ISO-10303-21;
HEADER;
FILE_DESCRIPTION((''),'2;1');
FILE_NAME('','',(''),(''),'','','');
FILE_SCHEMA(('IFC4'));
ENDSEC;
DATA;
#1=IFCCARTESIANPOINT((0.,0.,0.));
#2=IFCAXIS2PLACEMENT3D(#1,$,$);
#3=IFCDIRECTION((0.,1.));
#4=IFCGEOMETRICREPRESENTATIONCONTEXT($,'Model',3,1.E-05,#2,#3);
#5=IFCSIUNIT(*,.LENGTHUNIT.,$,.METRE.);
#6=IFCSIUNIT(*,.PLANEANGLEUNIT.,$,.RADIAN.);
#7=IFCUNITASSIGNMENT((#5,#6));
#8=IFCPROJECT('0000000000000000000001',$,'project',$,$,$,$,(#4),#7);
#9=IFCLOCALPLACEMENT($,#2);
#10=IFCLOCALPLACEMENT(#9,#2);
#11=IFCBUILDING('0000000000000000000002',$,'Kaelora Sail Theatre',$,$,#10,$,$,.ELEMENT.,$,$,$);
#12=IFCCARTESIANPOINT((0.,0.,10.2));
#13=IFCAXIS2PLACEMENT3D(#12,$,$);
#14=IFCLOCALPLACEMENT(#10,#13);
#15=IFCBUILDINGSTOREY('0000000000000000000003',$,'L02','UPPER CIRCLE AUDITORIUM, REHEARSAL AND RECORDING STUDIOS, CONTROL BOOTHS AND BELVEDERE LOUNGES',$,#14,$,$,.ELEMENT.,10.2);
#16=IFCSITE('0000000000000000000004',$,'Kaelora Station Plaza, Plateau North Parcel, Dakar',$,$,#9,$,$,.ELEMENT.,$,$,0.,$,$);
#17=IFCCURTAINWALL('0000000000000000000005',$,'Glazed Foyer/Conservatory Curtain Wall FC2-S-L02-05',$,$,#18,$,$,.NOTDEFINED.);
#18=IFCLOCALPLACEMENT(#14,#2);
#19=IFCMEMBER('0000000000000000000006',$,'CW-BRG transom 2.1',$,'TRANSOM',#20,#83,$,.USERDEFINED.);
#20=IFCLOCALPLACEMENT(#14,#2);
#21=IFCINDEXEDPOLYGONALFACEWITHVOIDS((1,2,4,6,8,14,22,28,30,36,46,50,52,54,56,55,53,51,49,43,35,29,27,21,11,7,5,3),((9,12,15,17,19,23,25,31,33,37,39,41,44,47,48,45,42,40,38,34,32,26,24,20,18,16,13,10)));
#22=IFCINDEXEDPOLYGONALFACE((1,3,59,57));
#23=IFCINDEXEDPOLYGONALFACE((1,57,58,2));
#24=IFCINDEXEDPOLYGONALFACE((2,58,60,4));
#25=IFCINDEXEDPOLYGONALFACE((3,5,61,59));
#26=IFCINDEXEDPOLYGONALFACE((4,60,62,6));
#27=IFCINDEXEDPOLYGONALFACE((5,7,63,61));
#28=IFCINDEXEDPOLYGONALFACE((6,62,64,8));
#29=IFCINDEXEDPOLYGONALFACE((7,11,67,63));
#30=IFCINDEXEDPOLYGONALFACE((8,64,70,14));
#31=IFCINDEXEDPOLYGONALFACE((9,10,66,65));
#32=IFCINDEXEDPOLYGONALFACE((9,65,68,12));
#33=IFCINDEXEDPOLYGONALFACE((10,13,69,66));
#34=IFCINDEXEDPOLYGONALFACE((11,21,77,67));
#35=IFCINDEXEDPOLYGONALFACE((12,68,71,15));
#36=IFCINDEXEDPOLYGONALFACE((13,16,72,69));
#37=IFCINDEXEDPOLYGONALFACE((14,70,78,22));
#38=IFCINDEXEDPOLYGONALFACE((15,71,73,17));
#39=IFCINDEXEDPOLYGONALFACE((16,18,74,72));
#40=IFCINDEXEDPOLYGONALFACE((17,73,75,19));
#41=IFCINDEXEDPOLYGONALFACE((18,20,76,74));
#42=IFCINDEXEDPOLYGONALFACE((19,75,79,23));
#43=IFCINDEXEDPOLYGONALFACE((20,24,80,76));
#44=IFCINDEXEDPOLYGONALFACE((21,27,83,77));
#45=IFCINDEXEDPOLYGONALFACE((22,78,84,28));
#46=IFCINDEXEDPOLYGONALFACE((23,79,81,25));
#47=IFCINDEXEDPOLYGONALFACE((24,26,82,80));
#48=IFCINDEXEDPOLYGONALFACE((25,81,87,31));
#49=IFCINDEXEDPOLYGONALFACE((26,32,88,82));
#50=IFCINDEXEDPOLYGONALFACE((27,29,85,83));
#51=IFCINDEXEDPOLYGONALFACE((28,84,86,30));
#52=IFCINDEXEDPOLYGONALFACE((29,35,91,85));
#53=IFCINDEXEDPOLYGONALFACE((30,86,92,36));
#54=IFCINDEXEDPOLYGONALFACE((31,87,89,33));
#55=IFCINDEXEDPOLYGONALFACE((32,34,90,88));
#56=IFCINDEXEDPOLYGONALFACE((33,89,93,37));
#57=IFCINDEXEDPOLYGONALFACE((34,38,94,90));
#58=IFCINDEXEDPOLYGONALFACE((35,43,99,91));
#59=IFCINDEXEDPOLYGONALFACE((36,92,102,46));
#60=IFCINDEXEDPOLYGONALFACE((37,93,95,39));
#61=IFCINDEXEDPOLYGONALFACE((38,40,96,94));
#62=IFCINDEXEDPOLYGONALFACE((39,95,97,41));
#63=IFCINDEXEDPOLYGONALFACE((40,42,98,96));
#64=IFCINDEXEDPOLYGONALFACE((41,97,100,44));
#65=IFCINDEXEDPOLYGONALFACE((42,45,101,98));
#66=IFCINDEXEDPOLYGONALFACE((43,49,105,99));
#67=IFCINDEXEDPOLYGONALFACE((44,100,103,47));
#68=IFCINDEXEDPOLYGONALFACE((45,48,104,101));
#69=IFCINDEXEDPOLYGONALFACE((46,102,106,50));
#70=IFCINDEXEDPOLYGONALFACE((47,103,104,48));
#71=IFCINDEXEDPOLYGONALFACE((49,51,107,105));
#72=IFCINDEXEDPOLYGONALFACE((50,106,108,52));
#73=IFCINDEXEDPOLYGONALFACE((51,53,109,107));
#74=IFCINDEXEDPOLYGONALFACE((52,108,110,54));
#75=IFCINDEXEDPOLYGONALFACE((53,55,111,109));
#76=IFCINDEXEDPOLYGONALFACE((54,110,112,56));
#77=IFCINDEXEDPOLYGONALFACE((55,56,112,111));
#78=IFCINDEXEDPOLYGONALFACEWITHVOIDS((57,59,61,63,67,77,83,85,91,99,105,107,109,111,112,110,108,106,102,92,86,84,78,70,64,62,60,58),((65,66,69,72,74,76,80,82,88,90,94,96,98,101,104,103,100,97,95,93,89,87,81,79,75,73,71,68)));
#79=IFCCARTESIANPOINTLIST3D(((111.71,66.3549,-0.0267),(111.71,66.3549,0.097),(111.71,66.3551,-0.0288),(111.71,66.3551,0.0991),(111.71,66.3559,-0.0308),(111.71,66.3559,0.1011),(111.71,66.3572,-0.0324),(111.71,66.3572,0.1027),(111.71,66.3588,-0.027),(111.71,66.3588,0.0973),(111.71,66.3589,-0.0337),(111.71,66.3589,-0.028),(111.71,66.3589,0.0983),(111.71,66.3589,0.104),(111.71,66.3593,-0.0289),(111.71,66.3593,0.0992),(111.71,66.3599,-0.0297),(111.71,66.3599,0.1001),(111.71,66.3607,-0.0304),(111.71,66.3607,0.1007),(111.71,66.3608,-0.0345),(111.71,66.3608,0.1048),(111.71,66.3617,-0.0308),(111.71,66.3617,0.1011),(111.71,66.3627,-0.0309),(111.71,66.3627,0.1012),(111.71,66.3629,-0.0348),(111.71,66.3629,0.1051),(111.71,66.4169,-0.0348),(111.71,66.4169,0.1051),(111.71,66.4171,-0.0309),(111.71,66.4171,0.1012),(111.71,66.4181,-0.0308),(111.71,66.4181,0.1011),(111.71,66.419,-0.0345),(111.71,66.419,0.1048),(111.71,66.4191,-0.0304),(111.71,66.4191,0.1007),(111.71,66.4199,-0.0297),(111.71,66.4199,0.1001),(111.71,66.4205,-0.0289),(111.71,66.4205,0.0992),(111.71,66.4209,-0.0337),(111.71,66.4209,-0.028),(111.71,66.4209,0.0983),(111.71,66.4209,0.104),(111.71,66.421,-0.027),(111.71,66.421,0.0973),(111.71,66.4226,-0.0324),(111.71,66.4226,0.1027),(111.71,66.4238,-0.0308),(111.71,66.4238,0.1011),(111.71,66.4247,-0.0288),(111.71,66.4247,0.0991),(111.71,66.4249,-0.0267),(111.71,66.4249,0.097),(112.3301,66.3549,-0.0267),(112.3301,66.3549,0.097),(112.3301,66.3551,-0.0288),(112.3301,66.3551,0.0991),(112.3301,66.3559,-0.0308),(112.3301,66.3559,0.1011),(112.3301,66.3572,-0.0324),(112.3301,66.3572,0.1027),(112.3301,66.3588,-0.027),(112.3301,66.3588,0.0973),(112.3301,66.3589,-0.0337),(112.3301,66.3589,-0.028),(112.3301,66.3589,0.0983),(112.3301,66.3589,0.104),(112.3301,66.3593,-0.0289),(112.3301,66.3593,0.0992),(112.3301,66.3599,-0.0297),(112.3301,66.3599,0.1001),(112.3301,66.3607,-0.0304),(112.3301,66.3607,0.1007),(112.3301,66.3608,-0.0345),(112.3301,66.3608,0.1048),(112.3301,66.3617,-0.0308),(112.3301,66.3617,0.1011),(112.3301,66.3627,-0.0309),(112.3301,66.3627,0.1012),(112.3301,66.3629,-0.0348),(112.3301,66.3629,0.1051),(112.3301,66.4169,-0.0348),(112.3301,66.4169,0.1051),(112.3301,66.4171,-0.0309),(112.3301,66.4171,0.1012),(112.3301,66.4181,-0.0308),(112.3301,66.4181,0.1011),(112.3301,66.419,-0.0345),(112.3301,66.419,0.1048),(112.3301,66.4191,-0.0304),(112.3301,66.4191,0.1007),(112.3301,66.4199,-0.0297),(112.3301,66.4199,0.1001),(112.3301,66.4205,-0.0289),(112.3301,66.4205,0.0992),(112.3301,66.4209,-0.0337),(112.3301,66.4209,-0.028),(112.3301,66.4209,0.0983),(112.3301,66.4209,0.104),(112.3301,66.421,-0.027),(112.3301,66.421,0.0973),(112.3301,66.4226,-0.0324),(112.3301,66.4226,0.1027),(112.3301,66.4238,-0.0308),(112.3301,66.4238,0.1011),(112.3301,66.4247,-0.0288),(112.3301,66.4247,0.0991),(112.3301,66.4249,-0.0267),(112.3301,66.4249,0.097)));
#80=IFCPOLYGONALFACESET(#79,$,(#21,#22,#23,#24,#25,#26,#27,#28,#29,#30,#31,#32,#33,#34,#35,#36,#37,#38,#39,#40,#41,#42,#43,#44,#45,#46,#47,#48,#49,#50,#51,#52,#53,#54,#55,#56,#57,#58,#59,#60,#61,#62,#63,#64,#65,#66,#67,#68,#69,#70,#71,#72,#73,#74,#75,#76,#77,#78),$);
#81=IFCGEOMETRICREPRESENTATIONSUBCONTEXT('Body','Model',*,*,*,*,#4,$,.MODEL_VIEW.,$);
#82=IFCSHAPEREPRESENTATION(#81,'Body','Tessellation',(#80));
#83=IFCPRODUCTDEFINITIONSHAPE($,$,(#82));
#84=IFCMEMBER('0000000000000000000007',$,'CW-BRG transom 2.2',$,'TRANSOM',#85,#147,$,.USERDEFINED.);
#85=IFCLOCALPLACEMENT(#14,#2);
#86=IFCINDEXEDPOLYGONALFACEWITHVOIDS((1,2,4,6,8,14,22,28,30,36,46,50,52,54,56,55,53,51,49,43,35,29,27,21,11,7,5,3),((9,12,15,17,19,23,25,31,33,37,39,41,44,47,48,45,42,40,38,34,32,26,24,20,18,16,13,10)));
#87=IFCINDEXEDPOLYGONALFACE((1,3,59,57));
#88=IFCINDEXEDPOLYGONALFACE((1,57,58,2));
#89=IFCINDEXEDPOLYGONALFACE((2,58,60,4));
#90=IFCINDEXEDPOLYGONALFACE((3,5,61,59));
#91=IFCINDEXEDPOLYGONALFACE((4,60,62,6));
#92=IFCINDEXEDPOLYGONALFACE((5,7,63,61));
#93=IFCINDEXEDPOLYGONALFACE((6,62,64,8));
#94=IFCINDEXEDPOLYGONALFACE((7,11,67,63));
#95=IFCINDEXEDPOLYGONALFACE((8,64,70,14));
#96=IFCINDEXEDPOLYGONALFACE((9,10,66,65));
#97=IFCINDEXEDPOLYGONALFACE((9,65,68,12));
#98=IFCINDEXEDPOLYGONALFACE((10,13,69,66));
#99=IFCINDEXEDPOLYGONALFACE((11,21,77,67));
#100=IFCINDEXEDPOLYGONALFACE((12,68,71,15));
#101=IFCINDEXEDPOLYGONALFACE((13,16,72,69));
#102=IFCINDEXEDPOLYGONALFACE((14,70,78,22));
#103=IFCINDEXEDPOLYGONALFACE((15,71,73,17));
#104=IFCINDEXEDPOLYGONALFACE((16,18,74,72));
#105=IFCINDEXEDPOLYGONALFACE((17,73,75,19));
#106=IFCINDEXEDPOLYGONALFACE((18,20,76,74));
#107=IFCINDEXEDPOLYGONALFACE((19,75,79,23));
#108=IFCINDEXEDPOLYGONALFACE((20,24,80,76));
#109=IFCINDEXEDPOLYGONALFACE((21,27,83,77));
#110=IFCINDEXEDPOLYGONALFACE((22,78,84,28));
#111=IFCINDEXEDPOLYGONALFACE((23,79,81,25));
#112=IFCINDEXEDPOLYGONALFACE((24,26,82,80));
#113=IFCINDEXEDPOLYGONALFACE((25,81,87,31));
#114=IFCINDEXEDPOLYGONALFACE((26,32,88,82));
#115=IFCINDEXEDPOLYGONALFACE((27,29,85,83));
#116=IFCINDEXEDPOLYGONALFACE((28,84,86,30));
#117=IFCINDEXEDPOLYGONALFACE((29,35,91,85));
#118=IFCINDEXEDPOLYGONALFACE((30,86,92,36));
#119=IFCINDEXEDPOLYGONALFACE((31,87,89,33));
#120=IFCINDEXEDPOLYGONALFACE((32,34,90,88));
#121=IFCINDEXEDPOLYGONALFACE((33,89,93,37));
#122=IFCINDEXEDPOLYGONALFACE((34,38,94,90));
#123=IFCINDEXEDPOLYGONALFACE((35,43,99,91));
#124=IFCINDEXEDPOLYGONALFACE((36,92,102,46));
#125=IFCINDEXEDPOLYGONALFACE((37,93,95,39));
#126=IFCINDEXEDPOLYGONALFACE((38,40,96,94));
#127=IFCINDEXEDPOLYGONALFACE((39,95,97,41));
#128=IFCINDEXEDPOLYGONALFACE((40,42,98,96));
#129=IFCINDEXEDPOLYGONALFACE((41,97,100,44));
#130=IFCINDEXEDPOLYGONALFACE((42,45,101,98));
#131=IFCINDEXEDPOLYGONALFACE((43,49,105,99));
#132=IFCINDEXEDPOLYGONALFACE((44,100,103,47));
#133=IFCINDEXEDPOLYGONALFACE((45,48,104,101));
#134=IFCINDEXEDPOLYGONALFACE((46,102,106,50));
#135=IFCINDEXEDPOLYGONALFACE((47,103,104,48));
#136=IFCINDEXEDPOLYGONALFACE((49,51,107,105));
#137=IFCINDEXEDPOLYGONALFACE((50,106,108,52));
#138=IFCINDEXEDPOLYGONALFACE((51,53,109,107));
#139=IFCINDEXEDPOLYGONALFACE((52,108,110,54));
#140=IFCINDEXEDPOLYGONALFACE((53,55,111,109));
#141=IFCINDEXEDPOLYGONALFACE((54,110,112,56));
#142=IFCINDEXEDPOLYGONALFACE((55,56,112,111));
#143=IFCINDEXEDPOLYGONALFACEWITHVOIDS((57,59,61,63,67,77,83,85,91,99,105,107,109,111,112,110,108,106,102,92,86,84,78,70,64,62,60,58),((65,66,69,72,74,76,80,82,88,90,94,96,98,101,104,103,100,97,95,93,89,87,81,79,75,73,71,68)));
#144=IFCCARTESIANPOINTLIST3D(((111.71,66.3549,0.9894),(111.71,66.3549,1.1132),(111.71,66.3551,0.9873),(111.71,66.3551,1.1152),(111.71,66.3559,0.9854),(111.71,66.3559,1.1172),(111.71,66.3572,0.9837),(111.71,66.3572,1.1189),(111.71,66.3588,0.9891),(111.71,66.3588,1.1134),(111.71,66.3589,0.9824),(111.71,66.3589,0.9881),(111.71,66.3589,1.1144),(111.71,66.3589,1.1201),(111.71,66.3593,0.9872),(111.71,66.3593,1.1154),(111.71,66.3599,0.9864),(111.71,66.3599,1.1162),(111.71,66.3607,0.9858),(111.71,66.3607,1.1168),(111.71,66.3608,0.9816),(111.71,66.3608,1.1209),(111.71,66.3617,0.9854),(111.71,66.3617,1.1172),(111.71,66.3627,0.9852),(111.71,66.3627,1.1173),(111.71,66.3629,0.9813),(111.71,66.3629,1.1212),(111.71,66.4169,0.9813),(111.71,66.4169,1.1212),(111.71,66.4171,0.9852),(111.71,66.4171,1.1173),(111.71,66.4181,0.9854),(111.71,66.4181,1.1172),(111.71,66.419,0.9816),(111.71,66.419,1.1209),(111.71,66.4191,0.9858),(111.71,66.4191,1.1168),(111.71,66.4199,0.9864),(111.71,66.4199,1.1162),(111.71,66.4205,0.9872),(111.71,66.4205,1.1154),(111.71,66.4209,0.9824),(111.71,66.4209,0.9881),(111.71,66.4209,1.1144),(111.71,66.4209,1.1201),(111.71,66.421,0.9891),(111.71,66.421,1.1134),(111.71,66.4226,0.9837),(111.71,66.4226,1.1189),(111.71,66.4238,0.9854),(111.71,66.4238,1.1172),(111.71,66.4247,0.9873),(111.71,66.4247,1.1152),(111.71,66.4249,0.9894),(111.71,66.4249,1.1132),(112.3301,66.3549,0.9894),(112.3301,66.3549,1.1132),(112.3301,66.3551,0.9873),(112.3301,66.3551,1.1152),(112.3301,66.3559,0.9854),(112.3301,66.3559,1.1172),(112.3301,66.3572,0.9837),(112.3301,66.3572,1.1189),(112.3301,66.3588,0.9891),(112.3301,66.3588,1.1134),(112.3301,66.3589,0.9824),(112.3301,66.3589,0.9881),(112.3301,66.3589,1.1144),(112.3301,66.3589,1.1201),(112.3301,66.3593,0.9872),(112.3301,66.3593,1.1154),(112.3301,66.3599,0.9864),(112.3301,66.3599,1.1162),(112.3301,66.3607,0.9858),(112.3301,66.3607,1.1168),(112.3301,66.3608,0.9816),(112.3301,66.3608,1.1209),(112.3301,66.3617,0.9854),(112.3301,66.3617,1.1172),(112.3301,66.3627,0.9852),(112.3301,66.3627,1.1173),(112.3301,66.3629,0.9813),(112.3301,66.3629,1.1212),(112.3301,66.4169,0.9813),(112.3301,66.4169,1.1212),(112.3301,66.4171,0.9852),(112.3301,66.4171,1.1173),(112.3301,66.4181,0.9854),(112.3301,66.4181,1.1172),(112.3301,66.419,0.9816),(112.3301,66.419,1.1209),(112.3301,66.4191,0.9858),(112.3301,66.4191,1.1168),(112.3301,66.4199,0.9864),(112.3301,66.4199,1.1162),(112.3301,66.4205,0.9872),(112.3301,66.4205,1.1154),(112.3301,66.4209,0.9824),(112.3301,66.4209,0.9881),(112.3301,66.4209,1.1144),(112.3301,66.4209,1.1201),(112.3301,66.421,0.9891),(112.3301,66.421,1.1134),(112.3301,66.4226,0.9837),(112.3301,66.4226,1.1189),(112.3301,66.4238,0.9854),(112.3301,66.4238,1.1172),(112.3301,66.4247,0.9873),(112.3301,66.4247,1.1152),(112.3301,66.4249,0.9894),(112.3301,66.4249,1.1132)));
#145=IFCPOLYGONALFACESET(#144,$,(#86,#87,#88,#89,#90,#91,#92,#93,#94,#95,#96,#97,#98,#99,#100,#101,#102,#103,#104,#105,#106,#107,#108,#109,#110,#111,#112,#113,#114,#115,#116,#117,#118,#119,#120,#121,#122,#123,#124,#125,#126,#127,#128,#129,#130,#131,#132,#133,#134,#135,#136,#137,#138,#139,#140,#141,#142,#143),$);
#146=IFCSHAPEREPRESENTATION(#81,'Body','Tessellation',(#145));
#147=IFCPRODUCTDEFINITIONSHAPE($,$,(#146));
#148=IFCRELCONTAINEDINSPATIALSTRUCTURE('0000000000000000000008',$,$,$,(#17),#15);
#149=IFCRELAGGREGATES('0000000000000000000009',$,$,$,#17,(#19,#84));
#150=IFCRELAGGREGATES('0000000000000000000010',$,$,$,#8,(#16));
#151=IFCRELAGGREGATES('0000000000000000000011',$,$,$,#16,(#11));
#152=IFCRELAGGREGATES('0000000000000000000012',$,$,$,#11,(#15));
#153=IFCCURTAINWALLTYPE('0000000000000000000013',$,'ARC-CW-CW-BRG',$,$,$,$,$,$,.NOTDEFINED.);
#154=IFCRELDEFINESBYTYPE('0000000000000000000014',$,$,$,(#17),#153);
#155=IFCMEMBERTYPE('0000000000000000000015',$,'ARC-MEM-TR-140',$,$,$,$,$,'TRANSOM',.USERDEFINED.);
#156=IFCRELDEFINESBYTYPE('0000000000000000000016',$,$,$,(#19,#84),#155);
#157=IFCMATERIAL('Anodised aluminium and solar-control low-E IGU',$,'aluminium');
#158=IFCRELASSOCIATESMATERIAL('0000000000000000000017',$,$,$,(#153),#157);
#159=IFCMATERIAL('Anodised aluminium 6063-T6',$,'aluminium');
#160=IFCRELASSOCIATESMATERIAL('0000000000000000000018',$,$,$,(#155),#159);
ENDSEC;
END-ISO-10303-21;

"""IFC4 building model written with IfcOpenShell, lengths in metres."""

from ifc_helpers import new_model, si_unit, direction, frame, origin, origin_2d, place, context, subcontext, project, spatial, hollow_rectangle, extrude, material, material_profile, profile_set, type_object, element, aggregate, save


model = new_model("IFC4")

# Units and contexts
model_context = context("Model", 3, precision=1e-05, world=origin(), true_north=direction((0.0, 1.0)))
body_context = subcontext(model_context, "Body", "Model", "MODEL_VIEW")
ifc_project = project(units=[si_unit("LENGTHUNIT", "METRE"), si_unit("PLANEANGLEUNIT", "RADIAN")], contexts=[model_context])

# Site, building, storey
site_placement = place(None, origin())
site = spatial("IfcSite", under=ifc_project, at=site_placement, Name="Kaelora Station Plaza, Plateau North Parcel, Dakar", CompositionType="ELEMENT", RefElevation=0.0)
building_placement = place(site_placement, origin())
building = spatial("IfcBuilding", under=site, at=building_placement, Name="Kaelora Sail Theatre", CompositionType="ELEMENT")
storey_placement = place(building_placement, frame((0.0, 0.0, 10.2)))
storey = spatial("IfcBuildingStorey", under=building, at=storey_placement, Name="L02", Description="UPPER CIRCLE AUDITORIUM, REHEARSAL AND RECORDING STUDIOS, CONTROL BOOTHS AND BELVEDERE LOUNGES", CompositionType="ELEMENT", Elevation=10.2)

# Curtain wall, members
ifc_material_1 = material(Name="Anodised aluminium and solar-control low-E IGU", Category="aluminium")
curtain_wall_type = type_object("IfcCurtainWallType", Name="ARC-CW-CW-BRG", PredefinedType="NOTDEFINED", material=ifc_material_1)
curtain_wall_placement = place(storey_placement, origin())
curtain_wall = element("IfcCurtainWall", 1, at=curtain_wall_placement, inside=storey, type_object=curtain_wall_type, Name="Glazed Foyer/Conservatory Curtain Wall FC2-S-L02-05", PredefinedType="NOTDEFINED")
ifc_material_2 = material(Name="Anodised aluminium 6063-T6", Category="aluminium")
ifc_material_profile_1 = material_profile(ifc_material_2, hollow_rectangle(XDim=0.0701, YDim=0.1399, WallThickness=0.0039, InnerFilletRadius=0.0039, OuterFilletRadius=0.0081, at=origin_2d()), Name="ALU-TRAN 70x140x4")
ifc_profile_set_1 = profile_set([ifc_material_profile_1], Name="Anodised aluminium 6063-T6")
member_type_1 = type_object("IfcMemberType", Name="ARC-MEM-TR-140", ElementType="TRANSOM", PredefinedType="USERDEFINED", material=ifc_profile_set_1)
member_1_placement = place(storey_placement, frame((111.71, 66.3899, 0.0352), z_axis=(1.0, 0.0, 0.0), x_axis=(0.0, 1.0, 0.0)))
member_1 = element("IfcMember", 2, at=member_1_placement, type_object=member_type_1, Name="CW-BRG transom 2.1", ObjectType="TRANSOM", PredefinedType="USERDEFINED", context=body_context, shape_type="SweptSolid", body=[
    extrude(hollow_rectangle(XDim=0.0701, YDim=0.1399, WallThickness=0.0039, InnerFilletRadius=0.0039, OuterFilletRadius=0.0081, at=origin_2d()), origin(), (0.0, 0.0, 1.0), 0.6201),
])
member_2_placement = place(storey_placement, frame((111.71, 66.3899, 1.0513), z_axis=(1.0, 0.0, 0.0), x_axis=(0.0, 1.0, 0.0)))
member_2 = element("IfcMember", 3, at=member_2_placement, type_object=member_type_1, Name="CW-BRG transom 2.2", ObjectType="TRANSOM", PredefinedType="USERDEFINED", context=body_context, shape_type="SweptSolid", body=[
    extrude(hollow_rectangle(XDim=0.0701, YDim=0.1399, WallThickness=0.0039, InnerFilletRadius=0.0039, OuterFilletRadius=0.0081, at=origin_2d()), origin(), (0.0, 0.0, 1.0), 0.6201),
])
aggregate(curtain_wall, [member_1, member_2])

save(model, "model.ifc")
